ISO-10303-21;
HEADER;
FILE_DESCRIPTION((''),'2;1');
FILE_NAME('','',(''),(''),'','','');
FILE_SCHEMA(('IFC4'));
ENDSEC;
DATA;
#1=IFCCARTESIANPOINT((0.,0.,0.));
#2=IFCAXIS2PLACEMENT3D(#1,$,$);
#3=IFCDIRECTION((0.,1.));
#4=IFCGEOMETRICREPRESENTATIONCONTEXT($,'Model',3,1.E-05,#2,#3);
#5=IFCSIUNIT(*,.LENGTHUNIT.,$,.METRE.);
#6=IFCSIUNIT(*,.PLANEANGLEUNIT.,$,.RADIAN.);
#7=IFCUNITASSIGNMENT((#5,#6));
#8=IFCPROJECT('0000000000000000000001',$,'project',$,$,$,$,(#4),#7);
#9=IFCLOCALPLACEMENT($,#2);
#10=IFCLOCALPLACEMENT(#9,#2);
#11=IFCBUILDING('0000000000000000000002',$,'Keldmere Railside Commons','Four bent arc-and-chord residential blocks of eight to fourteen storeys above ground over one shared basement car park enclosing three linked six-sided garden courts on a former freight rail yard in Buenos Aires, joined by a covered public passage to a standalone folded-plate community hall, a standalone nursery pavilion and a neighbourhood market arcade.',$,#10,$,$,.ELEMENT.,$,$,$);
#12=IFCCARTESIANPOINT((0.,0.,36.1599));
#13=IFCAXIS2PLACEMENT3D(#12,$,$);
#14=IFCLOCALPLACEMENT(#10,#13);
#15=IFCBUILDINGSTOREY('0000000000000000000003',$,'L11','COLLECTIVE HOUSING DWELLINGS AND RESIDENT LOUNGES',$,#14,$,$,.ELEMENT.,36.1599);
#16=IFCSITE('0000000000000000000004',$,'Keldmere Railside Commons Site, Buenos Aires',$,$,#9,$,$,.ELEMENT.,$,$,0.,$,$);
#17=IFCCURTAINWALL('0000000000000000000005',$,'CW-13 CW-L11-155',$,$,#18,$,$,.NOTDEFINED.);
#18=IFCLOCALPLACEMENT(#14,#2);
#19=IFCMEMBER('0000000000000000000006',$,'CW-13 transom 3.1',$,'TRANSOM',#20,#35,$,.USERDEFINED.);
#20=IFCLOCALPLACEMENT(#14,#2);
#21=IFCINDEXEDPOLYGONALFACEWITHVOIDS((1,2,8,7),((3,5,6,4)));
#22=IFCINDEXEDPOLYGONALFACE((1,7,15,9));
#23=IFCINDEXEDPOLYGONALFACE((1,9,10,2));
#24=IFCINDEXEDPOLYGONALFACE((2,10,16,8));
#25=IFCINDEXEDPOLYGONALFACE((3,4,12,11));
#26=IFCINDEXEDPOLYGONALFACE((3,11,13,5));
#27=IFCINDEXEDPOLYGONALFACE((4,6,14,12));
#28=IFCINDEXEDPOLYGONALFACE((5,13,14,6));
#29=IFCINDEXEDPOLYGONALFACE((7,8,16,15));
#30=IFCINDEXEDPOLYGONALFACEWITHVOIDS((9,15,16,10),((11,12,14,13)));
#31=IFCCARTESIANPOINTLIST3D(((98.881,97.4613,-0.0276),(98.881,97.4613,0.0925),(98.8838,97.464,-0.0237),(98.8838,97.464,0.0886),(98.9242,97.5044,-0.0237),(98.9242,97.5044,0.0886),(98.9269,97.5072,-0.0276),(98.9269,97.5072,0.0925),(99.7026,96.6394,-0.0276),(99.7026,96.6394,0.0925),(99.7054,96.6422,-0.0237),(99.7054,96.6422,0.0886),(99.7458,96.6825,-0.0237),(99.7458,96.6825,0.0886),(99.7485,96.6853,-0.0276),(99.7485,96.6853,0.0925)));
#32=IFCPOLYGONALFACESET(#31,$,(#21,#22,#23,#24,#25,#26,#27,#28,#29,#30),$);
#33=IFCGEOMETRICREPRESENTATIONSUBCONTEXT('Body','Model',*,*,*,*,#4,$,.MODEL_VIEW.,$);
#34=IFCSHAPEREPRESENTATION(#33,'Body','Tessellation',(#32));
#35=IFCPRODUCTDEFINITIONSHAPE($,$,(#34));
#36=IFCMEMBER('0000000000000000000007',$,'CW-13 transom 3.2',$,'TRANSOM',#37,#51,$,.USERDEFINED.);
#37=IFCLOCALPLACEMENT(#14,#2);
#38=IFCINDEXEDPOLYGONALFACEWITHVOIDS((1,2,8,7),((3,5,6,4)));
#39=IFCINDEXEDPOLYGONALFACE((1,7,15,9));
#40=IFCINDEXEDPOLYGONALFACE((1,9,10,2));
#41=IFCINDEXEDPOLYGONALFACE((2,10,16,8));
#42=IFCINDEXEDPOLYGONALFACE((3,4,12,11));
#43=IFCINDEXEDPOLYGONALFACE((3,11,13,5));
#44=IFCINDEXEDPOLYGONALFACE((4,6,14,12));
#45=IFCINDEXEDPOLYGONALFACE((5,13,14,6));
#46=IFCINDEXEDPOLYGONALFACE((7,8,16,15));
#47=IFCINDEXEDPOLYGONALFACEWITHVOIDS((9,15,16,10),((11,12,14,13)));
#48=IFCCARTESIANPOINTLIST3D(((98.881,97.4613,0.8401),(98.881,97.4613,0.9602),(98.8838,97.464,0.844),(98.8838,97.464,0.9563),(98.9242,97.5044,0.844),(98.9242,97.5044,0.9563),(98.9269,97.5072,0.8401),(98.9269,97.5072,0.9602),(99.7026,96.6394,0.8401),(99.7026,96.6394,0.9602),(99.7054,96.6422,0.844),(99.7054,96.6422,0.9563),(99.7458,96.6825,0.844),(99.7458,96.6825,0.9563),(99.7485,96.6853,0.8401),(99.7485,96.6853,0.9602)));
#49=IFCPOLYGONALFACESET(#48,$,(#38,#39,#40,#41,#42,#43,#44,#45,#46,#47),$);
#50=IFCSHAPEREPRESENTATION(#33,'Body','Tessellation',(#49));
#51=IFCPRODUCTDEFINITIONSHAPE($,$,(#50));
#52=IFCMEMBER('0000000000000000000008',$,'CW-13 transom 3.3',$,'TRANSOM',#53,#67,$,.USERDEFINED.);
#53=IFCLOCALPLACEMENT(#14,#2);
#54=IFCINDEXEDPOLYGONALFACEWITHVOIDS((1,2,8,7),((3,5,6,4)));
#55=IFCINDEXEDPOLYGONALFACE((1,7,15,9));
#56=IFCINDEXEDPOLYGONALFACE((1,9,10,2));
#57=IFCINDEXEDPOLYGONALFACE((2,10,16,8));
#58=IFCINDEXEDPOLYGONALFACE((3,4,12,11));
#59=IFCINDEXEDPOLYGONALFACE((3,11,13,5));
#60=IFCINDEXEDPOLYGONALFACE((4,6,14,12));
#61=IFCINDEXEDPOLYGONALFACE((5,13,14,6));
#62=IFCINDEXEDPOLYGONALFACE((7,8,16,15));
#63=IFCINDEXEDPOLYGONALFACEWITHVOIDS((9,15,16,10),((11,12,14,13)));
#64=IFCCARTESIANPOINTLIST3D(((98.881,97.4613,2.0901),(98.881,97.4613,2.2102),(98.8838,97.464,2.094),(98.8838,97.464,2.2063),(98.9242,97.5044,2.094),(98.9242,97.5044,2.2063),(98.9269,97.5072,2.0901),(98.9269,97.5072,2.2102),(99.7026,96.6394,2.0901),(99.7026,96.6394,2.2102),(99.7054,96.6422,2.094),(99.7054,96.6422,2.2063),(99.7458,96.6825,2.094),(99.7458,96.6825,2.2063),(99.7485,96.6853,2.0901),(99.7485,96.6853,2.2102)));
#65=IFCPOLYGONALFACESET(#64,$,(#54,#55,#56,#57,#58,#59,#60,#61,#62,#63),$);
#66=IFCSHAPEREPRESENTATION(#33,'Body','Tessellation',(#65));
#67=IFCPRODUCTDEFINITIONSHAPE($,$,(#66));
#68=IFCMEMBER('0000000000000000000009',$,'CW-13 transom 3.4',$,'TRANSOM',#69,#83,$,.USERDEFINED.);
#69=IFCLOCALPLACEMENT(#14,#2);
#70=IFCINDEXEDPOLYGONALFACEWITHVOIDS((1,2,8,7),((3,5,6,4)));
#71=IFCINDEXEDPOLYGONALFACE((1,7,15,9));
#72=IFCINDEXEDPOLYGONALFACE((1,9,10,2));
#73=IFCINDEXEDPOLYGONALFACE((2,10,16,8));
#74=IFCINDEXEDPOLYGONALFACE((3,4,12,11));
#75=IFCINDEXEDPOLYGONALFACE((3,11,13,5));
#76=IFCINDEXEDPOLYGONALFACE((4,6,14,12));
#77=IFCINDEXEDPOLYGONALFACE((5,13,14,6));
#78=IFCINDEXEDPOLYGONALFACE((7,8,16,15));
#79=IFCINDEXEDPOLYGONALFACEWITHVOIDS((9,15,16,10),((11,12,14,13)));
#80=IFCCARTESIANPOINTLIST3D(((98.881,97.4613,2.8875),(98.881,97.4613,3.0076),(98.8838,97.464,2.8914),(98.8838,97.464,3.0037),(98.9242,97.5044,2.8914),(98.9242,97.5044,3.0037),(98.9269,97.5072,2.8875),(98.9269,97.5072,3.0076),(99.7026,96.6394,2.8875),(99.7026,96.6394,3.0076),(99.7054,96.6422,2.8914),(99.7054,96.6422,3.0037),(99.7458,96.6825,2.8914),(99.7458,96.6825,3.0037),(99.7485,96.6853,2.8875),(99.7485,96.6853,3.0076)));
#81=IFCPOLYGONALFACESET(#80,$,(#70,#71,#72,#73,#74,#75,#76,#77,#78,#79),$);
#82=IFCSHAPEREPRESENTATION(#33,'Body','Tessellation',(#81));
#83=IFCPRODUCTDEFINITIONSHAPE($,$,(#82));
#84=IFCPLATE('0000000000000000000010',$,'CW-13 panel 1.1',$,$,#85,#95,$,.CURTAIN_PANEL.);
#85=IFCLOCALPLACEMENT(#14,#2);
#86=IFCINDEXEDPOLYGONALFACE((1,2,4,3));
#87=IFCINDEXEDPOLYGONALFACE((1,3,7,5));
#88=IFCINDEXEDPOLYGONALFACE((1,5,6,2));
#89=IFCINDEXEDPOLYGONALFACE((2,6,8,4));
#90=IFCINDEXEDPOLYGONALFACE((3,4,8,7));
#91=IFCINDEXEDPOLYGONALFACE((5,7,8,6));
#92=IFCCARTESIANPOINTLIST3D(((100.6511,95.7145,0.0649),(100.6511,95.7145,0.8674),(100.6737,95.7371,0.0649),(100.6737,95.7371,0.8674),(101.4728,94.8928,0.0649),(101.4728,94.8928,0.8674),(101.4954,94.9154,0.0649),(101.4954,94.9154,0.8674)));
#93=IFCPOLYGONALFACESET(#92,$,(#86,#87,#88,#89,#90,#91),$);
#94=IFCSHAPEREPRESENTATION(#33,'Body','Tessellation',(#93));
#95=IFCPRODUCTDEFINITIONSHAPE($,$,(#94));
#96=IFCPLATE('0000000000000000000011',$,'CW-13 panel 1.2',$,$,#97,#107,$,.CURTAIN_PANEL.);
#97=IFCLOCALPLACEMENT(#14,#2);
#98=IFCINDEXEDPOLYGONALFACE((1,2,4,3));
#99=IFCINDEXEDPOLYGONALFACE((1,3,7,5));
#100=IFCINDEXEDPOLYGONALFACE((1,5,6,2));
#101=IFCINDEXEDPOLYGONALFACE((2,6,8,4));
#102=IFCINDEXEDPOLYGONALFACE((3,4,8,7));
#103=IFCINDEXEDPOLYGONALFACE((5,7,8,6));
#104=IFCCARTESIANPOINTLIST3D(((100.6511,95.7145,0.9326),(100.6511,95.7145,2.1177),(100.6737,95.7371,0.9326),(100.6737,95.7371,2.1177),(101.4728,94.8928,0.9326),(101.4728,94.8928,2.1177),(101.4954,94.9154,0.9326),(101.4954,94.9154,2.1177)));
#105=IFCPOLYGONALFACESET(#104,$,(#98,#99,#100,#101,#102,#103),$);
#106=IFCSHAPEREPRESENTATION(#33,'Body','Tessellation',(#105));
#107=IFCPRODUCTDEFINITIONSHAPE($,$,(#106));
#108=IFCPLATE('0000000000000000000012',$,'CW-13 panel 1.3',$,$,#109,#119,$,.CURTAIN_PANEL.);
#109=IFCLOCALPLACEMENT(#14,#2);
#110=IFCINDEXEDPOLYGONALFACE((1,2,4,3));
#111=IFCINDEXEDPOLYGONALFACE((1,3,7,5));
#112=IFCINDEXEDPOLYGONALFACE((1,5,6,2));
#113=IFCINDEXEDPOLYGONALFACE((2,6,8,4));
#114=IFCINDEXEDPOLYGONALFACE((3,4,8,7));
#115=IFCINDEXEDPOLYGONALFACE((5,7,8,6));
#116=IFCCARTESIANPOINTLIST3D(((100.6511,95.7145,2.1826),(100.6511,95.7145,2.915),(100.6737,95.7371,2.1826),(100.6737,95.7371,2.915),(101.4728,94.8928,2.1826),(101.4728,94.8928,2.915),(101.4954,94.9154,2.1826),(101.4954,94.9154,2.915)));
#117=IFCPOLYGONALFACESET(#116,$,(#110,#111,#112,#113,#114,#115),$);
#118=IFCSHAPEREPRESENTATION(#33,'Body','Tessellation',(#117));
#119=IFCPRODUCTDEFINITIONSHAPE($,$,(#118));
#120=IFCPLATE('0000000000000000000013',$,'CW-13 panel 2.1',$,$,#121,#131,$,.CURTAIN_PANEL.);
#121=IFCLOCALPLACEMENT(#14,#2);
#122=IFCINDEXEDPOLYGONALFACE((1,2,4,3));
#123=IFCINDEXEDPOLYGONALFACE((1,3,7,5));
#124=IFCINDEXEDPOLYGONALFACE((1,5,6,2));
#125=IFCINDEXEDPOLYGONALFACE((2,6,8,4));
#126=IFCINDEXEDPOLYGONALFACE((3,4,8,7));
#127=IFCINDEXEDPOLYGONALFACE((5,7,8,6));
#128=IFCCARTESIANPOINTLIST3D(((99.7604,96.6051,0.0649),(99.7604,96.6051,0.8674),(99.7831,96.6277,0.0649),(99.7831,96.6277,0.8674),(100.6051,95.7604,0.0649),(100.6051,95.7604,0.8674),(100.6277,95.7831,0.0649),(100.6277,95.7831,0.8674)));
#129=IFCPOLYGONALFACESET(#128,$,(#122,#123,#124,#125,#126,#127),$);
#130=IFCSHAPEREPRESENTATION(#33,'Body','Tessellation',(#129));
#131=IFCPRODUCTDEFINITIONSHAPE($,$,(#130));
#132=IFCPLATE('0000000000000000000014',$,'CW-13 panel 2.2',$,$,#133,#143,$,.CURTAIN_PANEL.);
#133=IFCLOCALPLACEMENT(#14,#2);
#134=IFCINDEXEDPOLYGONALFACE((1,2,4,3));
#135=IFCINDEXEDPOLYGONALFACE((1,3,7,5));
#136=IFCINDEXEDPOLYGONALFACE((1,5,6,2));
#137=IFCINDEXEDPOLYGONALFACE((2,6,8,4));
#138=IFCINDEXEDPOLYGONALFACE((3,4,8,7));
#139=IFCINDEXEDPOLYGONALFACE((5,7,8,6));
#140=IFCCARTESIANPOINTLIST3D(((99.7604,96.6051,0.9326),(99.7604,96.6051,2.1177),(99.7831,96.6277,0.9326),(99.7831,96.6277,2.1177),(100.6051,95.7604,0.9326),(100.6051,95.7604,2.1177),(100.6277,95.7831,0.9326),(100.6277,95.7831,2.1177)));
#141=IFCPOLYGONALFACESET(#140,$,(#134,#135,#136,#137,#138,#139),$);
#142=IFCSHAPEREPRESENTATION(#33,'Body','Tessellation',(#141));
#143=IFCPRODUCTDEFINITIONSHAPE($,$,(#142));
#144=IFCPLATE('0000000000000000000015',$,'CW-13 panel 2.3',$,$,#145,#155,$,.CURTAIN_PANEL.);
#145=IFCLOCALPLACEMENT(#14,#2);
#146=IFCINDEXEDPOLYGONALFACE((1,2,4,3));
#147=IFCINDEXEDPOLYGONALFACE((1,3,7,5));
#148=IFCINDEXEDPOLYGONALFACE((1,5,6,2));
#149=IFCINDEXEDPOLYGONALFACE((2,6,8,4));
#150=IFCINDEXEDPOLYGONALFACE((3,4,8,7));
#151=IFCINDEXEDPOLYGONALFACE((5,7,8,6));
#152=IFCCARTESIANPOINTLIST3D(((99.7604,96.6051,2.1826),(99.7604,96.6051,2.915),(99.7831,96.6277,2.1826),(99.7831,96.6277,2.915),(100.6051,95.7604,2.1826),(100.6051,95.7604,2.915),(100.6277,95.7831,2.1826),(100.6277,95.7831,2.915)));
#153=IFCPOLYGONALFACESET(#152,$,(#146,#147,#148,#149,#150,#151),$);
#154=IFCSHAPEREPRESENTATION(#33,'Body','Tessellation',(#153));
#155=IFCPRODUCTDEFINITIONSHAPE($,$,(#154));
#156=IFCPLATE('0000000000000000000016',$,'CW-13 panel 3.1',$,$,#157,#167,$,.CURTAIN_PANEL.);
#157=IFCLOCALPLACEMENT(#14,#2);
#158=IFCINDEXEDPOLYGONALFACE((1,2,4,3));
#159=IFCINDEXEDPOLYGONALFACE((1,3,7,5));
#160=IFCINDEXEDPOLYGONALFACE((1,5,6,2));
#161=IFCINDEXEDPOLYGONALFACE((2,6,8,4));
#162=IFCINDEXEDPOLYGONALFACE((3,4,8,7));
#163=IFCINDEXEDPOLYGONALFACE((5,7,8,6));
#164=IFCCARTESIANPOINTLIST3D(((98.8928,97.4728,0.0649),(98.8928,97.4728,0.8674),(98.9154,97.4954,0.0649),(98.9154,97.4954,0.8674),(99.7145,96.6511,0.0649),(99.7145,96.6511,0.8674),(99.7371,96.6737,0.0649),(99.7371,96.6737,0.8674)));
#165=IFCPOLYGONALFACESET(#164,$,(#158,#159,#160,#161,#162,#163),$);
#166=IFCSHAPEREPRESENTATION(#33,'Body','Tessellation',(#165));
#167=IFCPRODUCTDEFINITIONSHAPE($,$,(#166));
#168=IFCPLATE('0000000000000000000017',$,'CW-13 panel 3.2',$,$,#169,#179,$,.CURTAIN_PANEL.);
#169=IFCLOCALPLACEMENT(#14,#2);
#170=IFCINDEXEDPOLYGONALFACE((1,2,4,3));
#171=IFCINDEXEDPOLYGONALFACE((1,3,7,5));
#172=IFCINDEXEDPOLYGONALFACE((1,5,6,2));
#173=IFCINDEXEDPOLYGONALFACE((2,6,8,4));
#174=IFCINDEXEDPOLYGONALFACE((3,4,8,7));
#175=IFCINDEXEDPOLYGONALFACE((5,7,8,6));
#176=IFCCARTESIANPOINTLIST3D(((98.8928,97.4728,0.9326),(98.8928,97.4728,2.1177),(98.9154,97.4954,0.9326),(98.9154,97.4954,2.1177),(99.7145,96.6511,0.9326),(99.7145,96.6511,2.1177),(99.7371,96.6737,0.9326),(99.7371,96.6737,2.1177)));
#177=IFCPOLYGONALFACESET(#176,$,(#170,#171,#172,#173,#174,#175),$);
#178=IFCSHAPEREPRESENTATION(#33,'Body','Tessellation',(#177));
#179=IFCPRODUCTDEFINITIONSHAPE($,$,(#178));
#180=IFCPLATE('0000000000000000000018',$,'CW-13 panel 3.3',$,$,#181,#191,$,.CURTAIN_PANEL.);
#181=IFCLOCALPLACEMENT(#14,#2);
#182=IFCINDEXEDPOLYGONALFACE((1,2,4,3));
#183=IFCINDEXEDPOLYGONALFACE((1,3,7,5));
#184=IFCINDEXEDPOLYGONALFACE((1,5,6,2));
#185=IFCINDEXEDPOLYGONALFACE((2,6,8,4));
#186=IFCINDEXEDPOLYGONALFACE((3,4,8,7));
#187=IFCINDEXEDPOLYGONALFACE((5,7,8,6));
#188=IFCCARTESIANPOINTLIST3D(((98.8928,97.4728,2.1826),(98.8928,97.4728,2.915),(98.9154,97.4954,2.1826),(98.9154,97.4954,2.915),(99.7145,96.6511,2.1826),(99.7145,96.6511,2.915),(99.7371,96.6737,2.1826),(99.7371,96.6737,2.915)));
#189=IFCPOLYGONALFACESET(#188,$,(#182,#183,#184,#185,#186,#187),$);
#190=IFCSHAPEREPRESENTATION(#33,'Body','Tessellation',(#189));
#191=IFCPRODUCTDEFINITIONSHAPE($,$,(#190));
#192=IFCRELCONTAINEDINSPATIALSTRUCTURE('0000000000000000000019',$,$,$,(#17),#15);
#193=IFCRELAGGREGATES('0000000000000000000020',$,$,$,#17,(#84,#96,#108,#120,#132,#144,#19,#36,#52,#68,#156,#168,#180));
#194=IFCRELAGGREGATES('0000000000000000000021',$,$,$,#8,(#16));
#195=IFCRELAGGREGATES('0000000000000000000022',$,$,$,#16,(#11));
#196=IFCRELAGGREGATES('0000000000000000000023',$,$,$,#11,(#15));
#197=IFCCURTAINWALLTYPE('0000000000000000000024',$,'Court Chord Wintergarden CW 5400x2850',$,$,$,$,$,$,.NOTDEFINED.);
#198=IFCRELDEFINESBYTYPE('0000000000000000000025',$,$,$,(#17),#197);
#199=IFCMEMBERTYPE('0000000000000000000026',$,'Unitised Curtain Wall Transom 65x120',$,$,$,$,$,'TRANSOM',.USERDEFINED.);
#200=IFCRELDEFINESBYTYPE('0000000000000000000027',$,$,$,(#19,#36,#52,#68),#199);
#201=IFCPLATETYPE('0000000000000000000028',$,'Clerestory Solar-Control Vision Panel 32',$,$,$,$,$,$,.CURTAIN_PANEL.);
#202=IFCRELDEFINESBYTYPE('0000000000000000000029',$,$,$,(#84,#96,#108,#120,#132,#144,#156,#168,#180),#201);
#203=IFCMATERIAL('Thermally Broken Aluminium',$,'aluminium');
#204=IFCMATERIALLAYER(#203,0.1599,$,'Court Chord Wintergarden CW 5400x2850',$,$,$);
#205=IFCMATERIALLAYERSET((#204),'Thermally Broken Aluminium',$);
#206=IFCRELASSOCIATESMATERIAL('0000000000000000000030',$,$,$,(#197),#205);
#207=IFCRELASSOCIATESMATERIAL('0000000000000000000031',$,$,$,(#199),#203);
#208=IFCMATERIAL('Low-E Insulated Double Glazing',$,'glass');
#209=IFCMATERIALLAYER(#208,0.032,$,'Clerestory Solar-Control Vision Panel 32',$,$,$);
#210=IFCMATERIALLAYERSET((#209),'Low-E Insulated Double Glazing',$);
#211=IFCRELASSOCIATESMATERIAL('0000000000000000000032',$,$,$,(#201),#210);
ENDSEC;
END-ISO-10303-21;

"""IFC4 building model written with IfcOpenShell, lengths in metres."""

from ifc_helpers import new_model, si_unit, direction, frame, origin, origin_2d, place, context, subcontext, project, spatial, rectangle, hollow_rectangle, extrude, material, layer, layer_set, material_profile, profile_set, type_object, element, aggregate, save


model = new_model("IFC4")

# Units and contexts
model_context = context("Model", 3, precision=1e-05, world=origin(), true_north=direction((0.0, 1.0)))
body_context = subcontext(model_context, "Body", "Model", "MODEL_VIEW")
ifc_project = project(units=[si_unit("LENGTHUNIT", "METRE"), si_unit("PLANEANGLEUNIT", "RADIAN")], contexts=[model_context])

# Site, building, storey
site_placement = place(None, origin())
site = spatial("IfcSite", under=ifc_project, at=site_placement, Name="Keldmere Railside Commons Site, Buenos Aires", CompositionType="ELEMENT", RefElevation=0.0)
building_placement = place(site_placement, origin())
building = spatial("IfcBuilding", under=site, at=building_placement, Name="Keldmere Railside Commons", Description="Four bent arc-and-chord residential blocks of eight to fourteen storeys above ground over one shared basement car park enclosing three linked six-sided garden courts on a former freight rail yard in Buenos Aires, joined by a covered public passage to a standalone folded-plate community hall, a standalone nursery pavilion and a neighbourhood market arcade.", CompositionType="ELEMENT")
storey_placement = place(building_placement, frame((0.0, 0.0, 36.1599)))
storey = spatial("IfcBuildingStorey", under=building, at=storey_placement, Name="L11", Description="COLLECTIVE HOUSING DWELLINGS AND RESIDENT LOUNGES", CompositionType="ELEMENT", Elevation=36.1599)

# Shared definitions
ifc_material_1 = material(Name="Thermally Broken Aluminium", Category="aluminium")

# Curtain wall, members, plates
ifc_layer_1 = layer(ifc_material_1, 0.1599, Name="Court Chord Wintergarden CW 5400x2850")
ifc_layer_set_1 = layer_set([ifc_layer_1], Name="Thermally Broken Aluminium")
curtain_wall_type_1 = type_object("IfcCurtainWallType", Name="Court Chord Wintergarden CW 5400x2850", PredefinedType="NOTDEFINED", material=ifc_layer_set_1)
curtain_wall_1_placement = place(storey_placement, origin())
curtain_wall_1 = element("IfcCurtainWall", 1, at=curtain_wall_1_placement, inside=storey, type_object=curtain_wall_type_1, Name="CW-13 CW-L11-155", PredefinedType="NOTDEFINED")
ifc_material_profile_1 = material_profile(ifc_material_1, hollow_rectangle(XDim=0.0649, YDim=0.1201, WallThickness=0.0039, at=origin_2d()), Name="ALU-TRAN-65x120")
ifc_profile_set_1 = profile_set([ifc_material_profile_1], Name="Thermally Broken Aluminium")
member_type_1 = type_object("IfcMemberType", Name="Unitised Curtain Wall Transom 65x120", ElementType="TRANSOM", PredefinedType="USERDEFINED", material=ifc_profile_set_1)
member_1_placement = place(storey_placement, frame((99.7256, 96.6624, 0.0325), z_axis=(-0.707002, 0.707212, 0.0), x_axis=(-0.707212, -0.707002, 0.0)))
member_1 = element("IfcMember", 2, at=member_1_placement, type_object=member_type_1, Name="CW-13 transom 3.1", ObjectType="TRANSOM", PredefinedType="USERDEFINED", context=body_context, shape_type="SweptSolid", body=[
    extrude(hollow_rectangle(XDim=0.0649, YDim=0.1201, WallThickness=0.0039, at=origin_2d()), origin(), (0.0, 0.0, 1.0), 1.1621),
])
member_2_placement = place(storey_placement, frame((99.7256, 96.6624, 0.9001), z_axis=(-0.707002, 0.707212, 0.0), x_axis=(-0.707212, -0.707002, 0.0)))
member_2 = element("IfcMember", 3, at=member_2_placement, type_object=member_type_1, Name="CW-13 transom 3.2", ObjectType="TRANSOM", PredefinedType="USERDEFINED", context=body_context, shape_type="SweptSolid", body=[
    extrude(hollow_rectangle(XDim=0.0649, YDim=0.1201, WallThickness=0.0039, at=origin_2d()), origin(), (0.0, 0.0, 1.0), 1.1621),
])
member_3_placement = place(storey_placement, frame((99.7256, 96.6624, 2.1501), z_axis=(-0.707002, 0.707212, 0.0), x_axis=(-0.707212, -0.707002, 0.0)))
member_3 = element("IfcMember", 4, at=member_3_placement, type_object=member_type_1, Name="CW-13 transom 3.3", ObjectType="TRANSOM", PredefinedType="USERDEFINED", context=body_context, shape_type="SweptSolid", body=[
    extrude(hollow_rectangle(XDim=0.0649, YDim=0.1201, WallThickness=0.0039, at=origin_2d()), origin(), (0.0, 0.0, 1.0), 1.1621),
])
member_4_placement = place(storey_placement, frame((99.7256, 96.6624, 2.9475), z_axis=(-0.707002, 0.707212, 0.0), x_axis=(-0.707212, -0.707002, 0.0)))
member_4 = element("IfcMember", 5, at=member_4_placement, type_object=member_type_1, Name="CW-13 transom 3.4", ObjectType="TRANSOM", PredefinedType="USERDEFINED", context=body_context, shape_type="SweptSolid", body=[
    extrude(hollow_rectangle(XDim=0.0649, YDim=0.1201, WallThickness=0.0039, at=origin_2d()), origin(), (0.0, 0.0, 1.0), 1.1621),
])
ifc_material_2 = material(Name="Low-E Insulated Double Glazing", Category="glass")
ifc_layer_2 = layer(ifc_material_2, 0.032, Name="Clerestory Solar-Control Vision Panel 32")
ifc_layer_set_2 = layer_set([ifc_layer_2], Name="Low-E Insulated Double Glazing")
plate_type = type_object("IfcPlateType", Name="Clerestory Solar-Control Vision Panel 32", PredefinedType="CURTAIN_PANEL", material=ifc_layer_set_2)
plate_1_placement = place(storey_placement, frame((101.0732, 95.3149, 0.0649), z_axis=(0.0, 0.0, 1.0), x_axis=(-0.707107, 0.707107, 0.0)))
plate_1 = element("IfcPlate", 6, at=plate_1_placement, type_object=plate_type, Name="CW-13 panel 1.1", PredefinedType="CURTAIN_PANEL", context=body_context, shape_type="SweptSolid", body=[
    extrude(rectangle(XDim=1.1621, YDim=0.032, at=origin_2d()), origin(), (0.0, 0.0, 1.0), 0.8025),
])
plate_2_placement = place(storey_placement, frame((101.0732, 95.3149, 0.9326), z_axis=(0.0, 0.0, 1.0), x_axis=(-0.707107, 0.707107, 0.0)))
plate_2 = element("IfcPlate", 7, at=plate_2_placement, type_object=plate_type, Name="CW-13 panel 1.2", PredefinedType="CURTAIN_PANEL", context=body_context, shape_type="SweptSolid", body=[
    extrude(rectangle(XDim=1.1621, YDim=0.032, at=origin_2d()), origin(), (0.0, 0.0, 1.0), 1.1851),
])
plate_3_placement = place(storey_placement, frame((101.0732, 95.3149, 2.1826), z_axis=(0.0, 0.0, 1.0), x_axis=(-0.707107, 0.707107, 0.0)))
plate_3 = element("IfcPlate", 8, at=plate_3_placement, type_object=plate_type, Name="CW-13 panel 1.3", PredefinedType="CURTAIN_PANEL", context=body_context, shape_type="SweptSolid", body=[
    extrude(rectangle(XDim=1.1621, YDim=0.032, at=origin_2d()), origin(), (0.0, 0.0, 1.0), 0.7324),
])
plate_4_placement = place(storey_placement, frame((100.1941, 96.1941, 0.0649), z_axis=(0.0, 0.0, 1.0), x_axis=(-0.707107, 0.707107, 0.0)))
plate_4 = element("IfcPlate", 9, at=plate_4_placement, type_object=plate_type, Name="CW-13 panel 2.1", PredefinedType="CURTAIN_PANEL", context=body_context, shape_type="SweptSolid", body=[
    extrude(rectangle(XDim=1.1946, YDim=0.032, at=origin_2d()), origin(), (0.0, 0.0, 1.0), 0.8025),
])
plate_5_placement = place(storey_placement, frame((100.1941, 96.1941, 0.9326), z_axis=(0.0, 0.0, 1.0), x_axis=(-0.707107, 0.707107, 0.0)))
plate_5 = element("IfcPlate", 10, at=plate_5_placement, type_object=plate_type, Name="CW-13 panel 2.2", PredefinedType="CURTAIN_PANEL", context=body_context, shape_type="SweptSolid", body=[
    extrude(rectangle(XDim=1.1946, YDim=0.032, at=origin_2d()), origin(), (0.0, 0.0, 1.0), 1.1851),
])
plate_6_placement = place(storey_placement, frame((100.1941, 96.1941, 2.1826), z_axis=(0.0, 0.0, 1.0), x_axis=(-0.707107, 0.707107, 0.0)))
plate_6 = element("IfcPlate", 11, at=plate_6_placement, type_object=plate_type, Name="CW-13 panel 2.3", PredefinedType="CURTAIN_PANEL", context=body_context, shape_type="SweptSolid", body=[
    extrude(rectangle(XDim=1.1946, YDim=0.032, at=origin_2d()), origin(), (0.0, 0.0, 1.0), 0.7324),
])
plate_7_placement = place(storey_placement, frame((99.3149, 97.0732, 0.0649), z_axis=(0.0, 0.0, 1.0), x_axis=(-0.707107, 0.707107, 0.0)))
plate_7 = element("IfcPlate", 12, at=plate_7_placement, type_object=plate_type, Name="CW-13 panel 3.1", PredefinedType="CURTAIN_PANEL", context=body_context, shape_type="SweptSolid", body=[
    extrude(rectangle(XDim=1.1621, YDim=0.032, at=origin_2d()), origin(), (0.0, 0.0, 1.0), 0.8025),
])
plate_8_placement = place(storey_placement, frame((99.3149, 97.0732, 0.9326), z_axis=(0.0, 0.0, 1.0), x_axis=(-0.707107, 0.707107, 0.0)))
plate_8 = element("IfcPlate", 13, at=plate_8_placement, type_object=plate_type, Name="CW-13 panel 3.2", PredefinedType="CURTAIN_PANEL", context=body_context, shape_type="SweptSolid", body=[
    extrude(rectangle(XDim=1.1621, YDim=0.032, at=origin_2d()), origin(), (0.0, 0.0, 1.0), 1.1851),
])
plate_9_placement = place(storey_placement, frame((99.3149, 97.0732, 2.1826), z_axis=(0.0, 0.0, 1.0), x_axis=(-0.707107, 0.707107, 0.0)))
plate_9 = element("IfcPlate", 14, at=plate_9_placement, type_object=plate_type, Name="CW-13 panel 3.3", PredefinedType="CURTAIN_PANEL", context=body_context, shape_type="SweptSolid", body=[
    extrude(rectangle(XDim=1.1621, YDim=0.032, at=origin_2d()), origin(), (0.0, 0.0, 1.0), 0.7324),
])
aggregate(curtain_wall_1, [plate_1, plate_2, plate_3, plate_4, plate_5, plate_6, member_1, member_2, member_3, member_4, plate_7, plate_8, plate_9])

save(model, "model.ifc")
